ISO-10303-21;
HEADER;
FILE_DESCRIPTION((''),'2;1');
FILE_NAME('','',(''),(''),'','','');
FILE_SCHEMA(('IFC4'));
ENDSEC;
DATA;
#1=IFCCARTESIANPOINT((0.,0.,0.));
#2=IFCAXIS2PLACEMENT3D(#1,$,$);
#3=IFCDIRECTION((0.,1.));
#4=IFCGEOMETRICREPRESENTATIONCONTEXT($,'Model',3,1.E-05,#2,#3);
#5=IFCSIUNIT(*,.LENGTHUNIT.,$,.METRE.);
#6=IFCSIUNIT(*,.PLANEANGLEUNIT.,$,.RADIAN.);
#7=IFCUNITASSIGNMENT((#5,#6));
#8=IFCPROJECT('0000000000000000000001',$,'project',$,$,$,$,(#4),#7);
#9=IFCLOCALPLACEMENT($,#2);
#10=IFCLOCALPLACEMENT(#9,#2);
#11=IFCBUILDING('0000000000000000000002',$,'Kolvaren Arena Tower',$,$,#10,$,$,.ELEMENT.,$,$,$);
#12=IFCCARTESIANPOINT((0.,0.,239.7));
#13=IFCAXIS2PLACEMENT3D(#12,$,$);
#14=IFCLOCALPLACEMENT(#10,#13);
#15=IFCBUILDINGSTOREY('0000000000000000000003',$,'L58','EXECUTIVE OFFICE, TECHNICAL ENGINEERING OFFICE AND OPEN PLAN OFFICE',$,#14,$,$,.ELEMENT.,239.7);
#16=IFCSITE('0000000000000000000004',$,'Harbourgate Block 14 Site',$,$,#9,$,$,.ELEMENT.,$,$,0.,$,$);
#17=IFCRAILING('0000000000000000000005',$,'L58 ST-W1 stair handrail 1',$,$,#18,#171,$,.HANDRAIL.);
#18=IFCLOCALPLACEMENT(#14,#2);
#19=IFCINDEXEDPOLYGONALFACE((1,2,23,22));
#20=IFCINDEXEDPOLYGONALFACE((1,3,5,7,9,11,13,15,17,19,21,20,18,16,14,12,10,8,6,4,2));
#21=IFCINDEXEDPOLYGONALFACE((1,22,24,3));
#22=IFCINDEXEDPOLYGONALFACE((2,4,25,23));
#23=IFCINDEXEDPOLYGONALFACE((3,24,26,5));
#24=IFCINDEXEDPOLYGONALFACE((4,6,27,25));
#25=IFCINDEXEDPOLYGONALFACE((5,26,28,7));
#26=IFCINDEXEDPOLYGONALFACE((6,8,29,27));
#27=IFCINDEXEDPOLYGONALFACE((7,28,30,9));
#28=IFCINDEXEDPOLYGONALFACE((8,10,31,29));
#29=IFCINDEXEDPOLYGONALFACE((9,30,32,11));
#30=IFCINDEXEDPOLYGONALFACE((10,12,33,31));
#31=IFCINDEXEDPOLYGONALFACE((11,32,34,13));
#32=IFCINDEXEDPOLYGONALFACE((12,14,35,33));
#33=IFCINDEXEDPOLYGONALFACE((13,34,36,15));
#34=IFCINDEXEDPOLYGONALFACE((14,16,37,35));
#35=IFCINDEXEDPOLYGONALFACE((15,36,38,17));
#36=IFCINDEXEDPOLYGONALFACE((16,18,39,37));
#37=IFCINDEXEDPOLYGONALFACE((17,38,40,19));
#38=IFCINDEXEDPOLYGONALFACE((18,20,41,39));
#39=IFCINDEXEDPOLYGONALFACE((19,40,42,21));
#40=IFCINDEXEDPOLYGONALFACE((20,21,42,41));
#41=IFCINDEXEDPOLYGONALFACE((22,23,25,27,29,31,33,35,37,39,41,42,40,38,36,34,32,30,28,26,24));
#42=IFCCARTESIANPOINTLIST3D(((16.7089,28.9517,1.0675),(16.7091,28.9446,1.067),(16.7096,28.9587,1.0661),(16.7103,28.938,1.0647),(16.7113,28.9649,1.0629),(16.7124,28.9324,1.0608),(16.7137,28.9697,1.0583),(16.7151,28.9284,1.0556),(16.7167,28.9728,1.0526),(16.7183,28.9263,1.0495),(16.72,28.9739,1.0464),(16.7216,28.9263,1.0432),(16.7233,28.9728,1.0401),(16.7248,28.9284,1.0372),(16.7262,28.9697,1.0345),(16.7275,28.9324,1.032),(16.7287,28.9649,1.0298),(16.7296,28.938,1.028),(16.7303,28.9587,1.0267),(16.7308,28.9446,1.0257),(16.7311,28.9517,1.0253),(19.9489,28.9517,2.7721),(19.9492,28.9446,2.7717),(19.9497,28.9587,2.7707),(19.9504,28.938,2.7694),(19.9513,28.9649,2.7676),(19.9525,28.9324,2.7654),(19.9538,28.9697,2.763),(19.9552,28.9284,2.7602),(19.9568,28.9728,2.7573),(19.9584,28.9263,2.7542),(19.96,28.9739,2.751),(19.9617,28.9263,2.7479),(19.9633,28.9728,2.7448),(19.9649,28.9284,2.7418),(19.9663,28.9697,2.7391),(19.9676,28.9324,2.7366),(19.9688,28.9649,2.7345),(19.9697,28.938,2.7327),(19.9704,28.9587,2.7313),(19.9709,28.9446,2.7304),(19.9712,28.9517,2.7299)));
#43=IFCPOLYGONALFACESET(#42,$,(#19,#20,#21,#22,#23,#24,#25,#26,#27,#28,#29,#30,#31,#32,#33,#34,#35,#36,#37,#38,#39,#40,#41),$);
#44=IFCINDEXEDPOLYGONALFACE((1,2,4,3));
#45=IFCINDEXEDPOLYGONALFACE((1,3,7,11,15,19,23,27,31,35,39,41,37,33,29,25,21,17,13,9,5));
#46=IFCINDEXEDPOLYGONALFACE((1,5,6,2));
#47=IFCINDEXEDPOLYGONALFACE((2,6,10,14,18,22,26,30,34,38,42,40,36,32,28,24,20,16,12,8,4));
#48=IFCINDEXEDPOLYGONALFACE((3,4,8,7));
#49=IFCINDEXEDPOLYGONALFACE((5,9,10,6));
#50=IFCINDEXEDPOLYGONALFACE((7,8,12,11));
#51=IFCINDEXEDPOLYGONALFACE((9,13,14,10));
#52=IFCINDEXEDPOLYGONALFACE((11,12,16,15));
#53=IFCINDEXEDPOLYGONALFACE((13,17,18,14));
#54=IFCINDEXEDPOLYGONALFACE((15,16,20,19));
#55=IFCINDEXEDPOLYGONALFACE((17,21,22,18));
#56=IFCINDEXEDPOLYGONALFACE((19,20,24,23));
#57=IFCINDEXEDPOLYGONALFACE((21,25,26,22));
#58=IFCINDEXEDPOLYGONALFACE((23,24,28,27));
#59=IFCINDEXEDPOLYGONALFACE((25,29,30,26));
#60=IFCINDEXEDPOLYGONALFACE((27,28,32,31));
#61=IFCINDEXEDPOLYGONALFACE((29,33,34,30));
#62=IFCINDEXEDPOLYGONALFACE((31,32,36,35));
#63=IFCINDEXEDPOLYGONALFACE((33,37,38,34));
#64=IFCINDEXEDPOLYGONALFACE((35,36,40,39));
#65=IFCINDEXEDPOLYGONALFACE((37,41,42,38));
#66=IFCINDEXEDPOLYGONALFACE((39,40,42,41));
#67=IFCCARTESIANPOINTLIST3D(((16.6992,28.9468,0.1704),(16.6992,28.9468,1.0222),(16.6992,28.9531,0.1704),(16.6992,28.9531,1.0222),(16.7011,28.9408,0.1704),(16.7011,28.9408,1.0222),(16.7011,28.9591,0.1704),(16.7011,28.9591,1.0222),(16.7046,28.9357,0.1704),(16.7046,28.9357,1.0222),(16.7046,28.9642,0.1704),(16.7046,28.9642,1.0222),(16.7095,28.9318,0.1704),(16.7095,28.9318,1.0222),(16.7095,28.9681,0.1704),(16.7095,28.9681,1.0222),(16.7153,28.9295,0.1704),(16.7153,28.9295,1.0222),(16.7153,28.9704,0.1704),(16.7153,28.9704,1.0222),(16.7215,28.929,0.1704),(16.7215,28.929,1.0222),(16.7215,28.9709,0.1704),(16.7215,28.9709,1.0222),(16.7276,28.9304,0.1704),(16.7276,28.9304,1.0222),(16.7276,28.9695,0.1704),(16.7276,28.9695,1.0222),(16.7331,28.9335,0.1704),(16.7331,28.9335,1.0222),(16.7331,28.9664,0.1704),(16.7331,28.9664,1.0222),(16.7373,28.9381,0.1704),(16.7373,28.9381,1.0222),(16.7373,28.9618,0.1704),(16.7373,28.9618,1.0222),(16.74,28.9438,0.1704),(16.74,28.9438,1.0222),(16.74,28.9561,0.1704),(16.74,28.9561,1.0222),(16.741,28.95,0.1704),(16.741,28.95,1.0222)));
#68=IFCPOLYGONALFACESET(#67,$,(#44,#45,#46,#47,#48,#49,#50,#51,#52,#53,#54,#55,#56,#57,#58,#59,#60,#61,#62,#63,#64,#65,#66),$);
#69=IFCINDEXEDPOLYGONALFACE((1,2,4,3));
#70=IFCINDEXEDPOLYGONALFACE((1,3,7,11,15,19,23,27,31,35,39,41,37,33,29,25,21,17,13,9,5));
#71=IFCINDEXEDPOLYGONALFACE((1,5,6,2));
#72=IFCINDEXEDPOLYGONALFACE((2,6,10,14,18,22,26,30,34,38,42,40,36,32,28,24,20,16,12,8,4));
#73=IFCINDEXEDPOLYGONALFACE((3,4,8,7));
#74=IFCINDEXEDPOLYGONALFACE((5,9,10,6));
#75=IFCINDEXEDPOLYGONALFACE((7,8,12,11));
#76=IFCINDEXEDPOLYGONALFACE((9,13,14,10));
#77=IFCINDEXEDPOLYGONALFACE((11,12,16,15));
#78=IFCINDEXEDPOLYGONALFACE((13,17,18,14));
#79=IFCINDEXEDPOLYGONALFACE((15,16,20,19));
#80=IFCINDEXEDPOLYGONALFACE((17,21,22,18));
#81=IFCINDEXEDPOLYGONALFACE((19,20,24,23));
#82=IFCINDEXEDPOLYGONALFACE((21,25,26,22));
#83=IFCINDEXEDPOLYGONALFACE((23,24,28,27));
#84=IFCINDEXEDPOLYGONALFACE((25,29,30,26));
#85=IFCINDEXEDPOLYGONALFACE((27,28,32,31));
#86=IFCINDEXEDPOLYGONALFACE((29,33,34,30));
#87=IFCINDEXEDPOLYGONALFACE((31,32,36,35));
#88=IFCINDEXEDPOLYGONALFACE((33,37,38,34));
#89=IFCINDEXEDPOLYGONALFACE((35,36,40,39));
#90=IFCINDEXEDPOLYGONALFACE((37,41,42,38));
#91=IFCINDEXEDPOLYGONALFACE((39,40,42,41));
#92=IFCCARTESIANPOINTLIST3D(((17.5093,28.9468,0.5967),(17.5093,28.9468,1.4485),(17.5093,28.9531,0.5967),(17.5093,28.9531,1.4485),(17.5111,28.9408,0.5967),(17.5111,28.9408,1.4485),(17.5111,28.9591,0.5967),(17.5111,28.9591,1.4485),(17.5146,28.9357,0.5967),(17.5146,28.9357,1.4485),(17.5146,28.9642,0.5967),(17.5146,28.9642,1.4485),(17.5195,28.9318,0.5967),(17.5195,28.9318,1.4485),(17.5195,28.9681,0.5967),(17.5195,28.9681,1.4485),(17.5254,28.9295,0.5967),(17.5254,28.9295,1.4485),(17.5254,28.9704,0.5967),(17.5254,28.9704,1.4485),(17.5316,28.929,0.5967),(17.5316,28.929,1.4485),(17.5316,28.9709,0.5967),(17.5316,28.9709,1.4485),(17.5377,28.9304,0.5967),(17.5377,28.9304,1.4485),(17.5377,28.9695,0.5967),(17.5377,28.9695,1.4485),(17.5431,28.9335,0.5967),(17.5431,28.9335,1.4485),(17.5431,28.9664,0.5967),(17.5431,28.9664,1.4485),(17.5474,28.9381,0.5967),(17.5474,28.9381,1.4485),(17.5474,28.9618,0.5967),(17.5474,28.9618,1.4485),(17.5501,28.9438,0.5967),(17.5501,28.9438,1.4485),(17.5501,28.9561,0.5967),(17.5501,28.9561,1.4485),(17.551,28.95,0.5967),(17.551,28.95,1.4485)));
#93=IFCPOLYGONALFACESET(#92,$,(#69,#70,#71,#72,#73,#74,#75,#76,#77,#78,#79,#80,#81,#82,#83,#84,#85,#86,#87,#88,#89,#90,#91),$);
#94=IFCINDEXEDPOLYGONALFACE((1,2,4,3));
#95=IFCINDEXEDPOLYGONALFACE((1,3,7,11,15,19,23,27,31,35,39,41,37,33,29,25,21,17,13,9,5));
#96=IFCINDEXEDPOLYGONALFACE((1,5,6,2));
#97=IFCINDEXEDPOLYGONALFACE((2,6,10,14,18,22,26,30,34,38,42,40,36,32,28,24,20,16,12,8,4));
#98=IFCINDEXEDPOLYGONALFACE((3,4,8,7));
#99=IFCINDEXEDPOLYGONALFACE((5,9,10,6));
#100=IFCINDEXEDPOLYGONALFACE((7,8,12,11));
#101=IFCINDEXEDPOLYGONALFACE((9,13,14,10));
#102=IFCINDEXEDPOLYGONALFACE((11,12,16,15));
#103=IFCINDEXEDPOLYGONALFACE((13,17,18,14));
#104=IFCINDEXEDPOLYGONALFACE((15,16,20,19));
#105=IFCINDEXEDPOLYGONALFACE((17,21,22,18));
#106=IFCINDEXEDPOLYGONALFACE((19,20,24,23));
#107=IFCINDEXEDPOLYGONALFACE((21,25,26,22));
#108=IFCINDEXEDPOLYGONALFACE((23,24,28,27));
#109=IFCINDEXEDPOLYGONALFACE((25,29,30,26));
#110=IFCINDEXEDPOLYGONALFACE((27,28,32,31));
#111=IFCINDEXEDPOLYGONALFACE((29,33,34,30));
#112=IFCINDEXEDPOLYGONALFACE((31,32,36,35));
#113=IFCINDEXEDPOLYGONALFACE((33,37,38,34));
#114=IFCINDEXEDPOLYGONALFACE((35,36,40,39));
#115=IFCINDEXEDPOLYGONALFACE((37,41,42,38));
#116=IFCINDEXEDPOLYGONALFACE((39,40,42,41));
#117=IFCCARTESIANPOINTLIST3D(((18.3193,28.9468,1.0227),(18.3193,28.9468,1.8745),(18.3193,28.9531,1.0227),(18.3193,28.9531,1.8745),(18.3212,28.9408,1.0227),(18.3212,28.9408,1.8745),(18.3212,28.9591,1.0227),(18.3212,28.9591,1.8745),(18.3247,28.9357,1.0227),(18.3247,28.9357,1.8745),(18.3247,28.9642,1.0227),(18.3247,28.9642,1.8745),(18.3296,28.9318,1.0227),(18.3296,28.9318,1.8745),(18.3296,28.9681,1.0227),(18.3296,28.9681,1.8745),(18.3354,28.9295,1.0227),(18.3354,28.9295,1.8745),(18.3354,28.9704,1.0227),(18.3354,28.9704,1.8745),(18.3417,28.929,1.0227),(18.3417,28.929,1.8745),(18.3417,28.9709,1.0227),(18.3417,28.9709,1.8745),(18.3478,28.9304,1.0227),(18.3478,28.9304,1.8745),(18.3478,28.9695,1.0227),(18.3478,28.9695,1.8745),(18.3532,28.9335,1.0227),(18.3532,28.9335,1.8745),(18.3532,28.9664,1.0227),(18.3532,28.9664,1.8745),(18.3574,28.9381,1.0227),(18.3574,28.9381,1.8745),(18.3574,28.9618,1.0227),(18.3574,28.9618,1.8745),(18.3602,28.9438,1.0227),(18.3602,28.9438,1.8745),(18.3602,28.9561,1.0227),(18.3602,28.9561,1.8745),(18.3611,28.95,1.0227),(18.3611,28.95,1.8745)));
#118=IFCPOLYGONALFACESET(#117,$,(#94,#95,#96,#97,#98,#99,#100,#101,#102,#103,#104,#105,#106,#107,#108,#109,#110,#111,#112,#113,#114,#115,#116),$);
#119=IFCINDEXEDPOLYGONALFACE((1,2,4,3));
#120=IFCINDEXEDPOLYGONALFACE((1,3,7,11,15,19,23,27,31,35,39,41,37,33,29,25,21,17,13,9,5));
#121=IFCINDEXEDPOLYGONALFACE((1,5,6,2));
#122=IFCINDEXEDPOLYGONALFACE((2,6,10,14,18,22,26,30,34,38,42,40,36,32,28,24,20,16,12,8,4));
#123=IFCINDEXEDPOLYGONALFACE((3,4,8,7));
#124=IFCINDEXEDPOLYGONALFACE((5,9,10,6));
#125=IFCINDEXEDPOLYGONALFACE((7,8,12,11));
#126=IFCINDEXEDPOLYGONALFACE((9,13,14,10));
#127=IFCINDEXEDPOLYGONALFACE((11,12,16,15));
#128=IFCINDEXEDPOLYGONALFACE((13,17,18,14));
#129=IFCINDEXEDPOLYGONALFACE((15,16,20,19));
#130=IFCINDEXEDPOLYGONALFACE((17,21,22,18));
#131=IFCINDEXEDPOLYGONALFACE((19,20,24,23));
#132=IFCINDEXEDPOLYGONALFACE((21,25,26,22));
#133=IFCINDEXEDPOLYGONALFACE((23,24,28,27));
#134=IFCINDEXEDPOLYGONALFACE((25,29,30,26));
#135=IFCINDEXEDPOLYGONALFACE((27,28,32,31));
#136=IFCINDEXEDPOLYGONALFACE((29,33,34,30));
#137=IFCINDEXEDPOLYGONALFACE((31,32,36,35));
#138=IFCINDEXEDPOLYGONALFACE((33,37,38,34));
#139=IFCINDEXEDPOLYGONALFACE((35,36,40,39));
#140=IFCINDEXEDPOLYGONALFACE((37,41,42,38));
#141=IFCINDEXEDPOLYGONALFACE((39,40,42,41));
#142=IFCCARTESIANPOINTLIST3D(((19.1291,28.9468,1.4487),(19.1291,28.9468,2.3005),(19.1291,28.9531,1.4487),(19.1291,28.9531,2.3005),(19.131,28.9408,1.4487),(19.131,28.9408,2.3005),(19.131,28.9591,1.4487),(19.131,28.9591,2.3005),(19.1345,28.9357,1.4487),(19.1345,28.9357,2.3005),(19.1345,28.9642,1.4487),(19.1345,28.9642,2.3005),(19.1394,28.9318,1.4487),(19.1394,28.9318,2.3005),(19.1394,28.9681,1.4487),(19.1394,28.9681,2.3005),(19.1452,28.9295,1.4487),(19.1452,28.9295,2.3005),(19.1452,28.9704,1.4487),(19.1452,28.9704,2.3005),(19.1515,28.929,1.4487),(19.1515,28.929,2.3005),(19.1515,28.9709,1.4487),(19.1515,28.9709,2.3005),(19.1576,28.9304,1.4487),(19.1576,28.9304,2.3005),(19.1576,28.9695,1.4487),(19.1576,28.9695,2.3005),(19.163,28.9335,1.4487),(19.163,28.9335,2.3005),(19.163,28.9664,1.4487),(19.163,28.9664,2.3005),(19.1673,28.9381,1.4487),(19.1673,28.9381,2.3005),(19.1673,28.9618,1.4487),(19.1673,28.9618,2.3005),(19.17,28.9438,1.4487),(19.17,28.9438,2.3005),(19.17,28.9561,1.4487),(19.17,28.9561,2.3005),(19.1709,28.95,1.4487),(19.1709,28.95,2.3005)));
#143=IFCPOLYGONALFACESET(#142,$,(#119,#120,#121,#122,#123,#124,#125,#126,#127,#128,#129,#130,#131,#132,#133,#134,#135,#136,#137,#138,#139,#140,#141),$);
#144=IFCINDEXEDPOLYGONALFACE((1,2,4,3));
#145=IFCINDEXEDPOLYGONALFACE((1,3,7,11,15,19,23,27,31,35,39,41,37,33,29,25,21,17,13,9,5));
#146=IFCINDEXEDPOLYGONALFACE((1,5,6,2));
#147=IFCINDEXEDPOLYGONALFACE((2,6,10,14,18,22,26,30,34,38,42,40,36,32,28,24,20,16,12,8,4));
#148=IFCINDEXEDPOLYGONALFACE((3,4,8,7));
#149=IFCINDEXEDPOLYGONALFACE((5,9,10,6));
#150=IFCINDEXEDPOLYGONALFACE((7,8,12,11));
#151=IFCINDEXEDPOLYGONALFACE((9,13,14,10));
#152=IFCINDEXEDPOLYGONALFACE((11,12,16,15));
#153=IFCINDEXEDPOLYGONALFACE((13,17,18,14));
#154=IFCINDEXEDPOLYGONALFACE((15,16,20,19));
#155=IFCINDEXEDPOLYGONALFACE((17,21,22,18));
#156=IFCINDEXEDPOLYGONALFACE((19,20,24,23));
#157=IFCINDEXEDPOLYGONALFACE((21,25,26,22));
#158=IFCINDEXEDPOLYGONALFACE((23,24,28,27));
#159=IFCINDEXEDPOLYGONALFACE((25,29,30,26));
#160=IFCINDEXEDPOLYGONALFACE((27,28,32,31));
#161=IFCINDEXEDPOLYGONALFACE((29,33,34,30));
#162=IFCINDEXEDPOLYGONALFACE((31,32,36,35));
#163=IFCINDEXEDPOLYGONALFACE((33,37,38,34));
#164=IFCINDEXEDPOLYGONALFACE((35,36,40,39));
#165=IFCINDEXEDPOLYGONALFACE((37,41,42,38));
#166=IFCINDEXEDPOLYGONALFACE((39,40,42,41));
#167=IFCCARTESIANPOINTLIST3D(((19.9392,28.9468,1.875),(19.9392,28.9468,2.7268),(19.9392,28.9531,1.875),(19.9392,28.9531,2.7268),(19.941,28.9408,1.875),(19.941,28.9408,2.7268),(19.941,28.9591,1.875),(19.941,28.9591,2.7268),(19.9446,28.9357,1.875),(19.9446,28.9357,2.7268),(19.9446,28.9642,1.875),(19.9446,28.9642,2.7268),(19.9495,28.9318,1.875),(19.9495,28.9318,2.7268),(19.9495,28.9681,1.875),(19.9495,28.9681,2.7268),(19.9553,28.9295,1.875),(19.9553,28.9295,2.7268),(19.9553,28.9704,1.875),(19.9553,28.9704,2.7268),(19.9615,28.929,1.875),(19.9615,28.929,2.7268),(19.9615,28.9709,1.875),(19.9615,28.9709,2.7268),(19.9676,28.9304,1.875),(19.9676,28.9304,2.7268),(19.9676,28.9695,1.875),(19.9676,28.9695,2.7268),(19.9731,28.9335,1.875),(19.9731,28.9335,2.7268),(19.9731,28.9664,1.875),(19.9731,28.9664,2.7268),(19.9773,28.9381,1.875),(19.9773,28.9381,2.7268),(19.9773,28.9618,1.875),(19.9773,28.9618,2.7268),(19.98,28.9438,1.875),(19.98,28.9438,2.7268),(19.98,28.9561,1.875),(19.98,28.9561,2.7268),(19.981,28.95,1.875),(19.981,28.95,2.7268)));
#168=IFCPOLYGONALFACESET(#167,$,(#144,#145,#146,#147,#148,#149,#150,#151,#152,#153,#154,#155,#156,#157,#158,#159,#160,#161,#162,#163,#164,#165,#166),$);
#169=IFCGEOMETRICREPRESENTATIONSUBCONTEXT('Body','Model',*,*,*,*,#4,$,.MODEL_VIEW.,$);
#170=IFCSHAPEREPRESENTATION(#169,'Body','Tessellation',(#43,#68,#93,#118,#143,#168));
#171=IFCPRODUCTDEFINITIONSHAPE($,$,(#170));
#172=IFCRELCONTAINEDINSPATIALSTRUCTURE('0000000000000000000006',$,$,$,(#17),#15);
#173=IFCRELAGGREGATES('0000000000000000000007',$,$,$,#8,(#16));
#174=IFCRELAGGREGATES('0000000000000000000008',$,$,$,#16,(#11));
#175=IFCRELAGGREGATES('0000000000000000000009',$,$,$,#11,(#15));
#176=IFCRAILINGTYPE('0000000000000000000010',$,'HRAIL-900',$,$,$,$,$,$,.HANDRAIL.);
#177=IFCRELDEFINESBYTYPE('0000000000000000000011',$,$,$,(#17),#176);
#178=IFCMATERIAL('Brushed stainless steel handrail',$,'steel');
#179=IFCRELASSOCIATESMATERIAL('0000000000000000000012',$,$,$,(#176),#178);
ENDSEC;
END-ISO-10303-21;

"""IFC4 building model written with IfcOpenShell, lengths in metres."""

from ifc_helpers import new_model, si_unit, direction, frame, origin, origin_2d, place, context, subcontext, project, spatial, circle, extrude, material, type_object, element, save


model = new_model("IFC4")

# Units and contexts
model_context = context("Model", 3, precision=1e-05, world=origin(), true_north=direction((0.0, 1.0)))
body_context = subcontext(model_context, "Body", "Model", "MODEL_VIEW")
ifc_project = project(units=[si_unit("LENGTHUNIT", "METRE"), si_unit("PLANEANGLEUNIT", "RADIAN")], contexts=[model_context])

# Site, building, storey
site_placement = place(None, origin())
site = spatial("IfcSite", under=ifc_project, at=site_placement, Name="Harbourgate Block 14 Site", CompositionType="ELEMENT", RefElevation=0.0)
building_placement = place(site_placement, origin())
building = spatial("IfcBuilding", under=site, at=building_placement, Name="Kolvaren Arena Tower", CompositionType="ELEMENT")
storey_placement = place(building_placement, frame((0.0, 0.0, 239.7)))
storey = spatial("IfcBuildingStorey", under=building, at=storey_placement, Name="L58", Description="EXECUTIVE OFFICE, TECHNICAL ENGINEERING OFFICE AND OPEN PLAN OFFICE", CompositionType="ELEMENT", Elevation=239.7)

# Railing
ifc_material_1 = material(Name="Brushed stainless steel handrail", Category="steel")
railing_type_1 = type_object("IfcRailingType", Name="HRAIL-900", PredefinedType="HANDRAIL", material=ifc_material_1)
railing_1_placement = place(storey_placement, frame((16.72, 28.95, 0.1704)))
element("IfcRailing", 1, at=railing_1_placement, inside=storey, type_object=railing_type_1, Name="L58 ST-W1 stair handrail 1", PredefinedType="HANDRAIL", context=body_context, shape_type="SweptSolid", body=[
    extrude(circle(Radius=0.0239, at=origin_2d()), frame((0.0, 0.0, 0.876), z_axis=(0.884993, 0.0, 0.465604), x_axis=(0.0, 1.0, 0.0)), (0.0, 0.0, 1.0), 3.6611),
    extrude(circle(Radius=0.021, at=origin_2d()), origin(), (0.0, 0.0, 1.0), 0.8518),
    extrude(circle(Radius=0.021, at=origin_2d()), frame((0.8101, 0.0, 0.4263)), (0.0, 0.0, 1.0), 0.8518),
    extrude(circle(Radius=0.021, at=origin_2d()), frame((1.6201, 0.0, 0.8523)), (0.0, 0.0, 1.0), 0.8518),
    extrude(circle(Radius=0.021, at=origin_2d()), frame((2.4299, 0.0, 1.2783)), (0.0, 0.0, 1.0), 0.8518),
    extrude(circle(Radius=0.021, at=origin_2d()), frame((3.24, 0.0, 1.7046)), (0.0, 0.0, 1.0), 0.8518),
])

save(model, "model.ifc")
